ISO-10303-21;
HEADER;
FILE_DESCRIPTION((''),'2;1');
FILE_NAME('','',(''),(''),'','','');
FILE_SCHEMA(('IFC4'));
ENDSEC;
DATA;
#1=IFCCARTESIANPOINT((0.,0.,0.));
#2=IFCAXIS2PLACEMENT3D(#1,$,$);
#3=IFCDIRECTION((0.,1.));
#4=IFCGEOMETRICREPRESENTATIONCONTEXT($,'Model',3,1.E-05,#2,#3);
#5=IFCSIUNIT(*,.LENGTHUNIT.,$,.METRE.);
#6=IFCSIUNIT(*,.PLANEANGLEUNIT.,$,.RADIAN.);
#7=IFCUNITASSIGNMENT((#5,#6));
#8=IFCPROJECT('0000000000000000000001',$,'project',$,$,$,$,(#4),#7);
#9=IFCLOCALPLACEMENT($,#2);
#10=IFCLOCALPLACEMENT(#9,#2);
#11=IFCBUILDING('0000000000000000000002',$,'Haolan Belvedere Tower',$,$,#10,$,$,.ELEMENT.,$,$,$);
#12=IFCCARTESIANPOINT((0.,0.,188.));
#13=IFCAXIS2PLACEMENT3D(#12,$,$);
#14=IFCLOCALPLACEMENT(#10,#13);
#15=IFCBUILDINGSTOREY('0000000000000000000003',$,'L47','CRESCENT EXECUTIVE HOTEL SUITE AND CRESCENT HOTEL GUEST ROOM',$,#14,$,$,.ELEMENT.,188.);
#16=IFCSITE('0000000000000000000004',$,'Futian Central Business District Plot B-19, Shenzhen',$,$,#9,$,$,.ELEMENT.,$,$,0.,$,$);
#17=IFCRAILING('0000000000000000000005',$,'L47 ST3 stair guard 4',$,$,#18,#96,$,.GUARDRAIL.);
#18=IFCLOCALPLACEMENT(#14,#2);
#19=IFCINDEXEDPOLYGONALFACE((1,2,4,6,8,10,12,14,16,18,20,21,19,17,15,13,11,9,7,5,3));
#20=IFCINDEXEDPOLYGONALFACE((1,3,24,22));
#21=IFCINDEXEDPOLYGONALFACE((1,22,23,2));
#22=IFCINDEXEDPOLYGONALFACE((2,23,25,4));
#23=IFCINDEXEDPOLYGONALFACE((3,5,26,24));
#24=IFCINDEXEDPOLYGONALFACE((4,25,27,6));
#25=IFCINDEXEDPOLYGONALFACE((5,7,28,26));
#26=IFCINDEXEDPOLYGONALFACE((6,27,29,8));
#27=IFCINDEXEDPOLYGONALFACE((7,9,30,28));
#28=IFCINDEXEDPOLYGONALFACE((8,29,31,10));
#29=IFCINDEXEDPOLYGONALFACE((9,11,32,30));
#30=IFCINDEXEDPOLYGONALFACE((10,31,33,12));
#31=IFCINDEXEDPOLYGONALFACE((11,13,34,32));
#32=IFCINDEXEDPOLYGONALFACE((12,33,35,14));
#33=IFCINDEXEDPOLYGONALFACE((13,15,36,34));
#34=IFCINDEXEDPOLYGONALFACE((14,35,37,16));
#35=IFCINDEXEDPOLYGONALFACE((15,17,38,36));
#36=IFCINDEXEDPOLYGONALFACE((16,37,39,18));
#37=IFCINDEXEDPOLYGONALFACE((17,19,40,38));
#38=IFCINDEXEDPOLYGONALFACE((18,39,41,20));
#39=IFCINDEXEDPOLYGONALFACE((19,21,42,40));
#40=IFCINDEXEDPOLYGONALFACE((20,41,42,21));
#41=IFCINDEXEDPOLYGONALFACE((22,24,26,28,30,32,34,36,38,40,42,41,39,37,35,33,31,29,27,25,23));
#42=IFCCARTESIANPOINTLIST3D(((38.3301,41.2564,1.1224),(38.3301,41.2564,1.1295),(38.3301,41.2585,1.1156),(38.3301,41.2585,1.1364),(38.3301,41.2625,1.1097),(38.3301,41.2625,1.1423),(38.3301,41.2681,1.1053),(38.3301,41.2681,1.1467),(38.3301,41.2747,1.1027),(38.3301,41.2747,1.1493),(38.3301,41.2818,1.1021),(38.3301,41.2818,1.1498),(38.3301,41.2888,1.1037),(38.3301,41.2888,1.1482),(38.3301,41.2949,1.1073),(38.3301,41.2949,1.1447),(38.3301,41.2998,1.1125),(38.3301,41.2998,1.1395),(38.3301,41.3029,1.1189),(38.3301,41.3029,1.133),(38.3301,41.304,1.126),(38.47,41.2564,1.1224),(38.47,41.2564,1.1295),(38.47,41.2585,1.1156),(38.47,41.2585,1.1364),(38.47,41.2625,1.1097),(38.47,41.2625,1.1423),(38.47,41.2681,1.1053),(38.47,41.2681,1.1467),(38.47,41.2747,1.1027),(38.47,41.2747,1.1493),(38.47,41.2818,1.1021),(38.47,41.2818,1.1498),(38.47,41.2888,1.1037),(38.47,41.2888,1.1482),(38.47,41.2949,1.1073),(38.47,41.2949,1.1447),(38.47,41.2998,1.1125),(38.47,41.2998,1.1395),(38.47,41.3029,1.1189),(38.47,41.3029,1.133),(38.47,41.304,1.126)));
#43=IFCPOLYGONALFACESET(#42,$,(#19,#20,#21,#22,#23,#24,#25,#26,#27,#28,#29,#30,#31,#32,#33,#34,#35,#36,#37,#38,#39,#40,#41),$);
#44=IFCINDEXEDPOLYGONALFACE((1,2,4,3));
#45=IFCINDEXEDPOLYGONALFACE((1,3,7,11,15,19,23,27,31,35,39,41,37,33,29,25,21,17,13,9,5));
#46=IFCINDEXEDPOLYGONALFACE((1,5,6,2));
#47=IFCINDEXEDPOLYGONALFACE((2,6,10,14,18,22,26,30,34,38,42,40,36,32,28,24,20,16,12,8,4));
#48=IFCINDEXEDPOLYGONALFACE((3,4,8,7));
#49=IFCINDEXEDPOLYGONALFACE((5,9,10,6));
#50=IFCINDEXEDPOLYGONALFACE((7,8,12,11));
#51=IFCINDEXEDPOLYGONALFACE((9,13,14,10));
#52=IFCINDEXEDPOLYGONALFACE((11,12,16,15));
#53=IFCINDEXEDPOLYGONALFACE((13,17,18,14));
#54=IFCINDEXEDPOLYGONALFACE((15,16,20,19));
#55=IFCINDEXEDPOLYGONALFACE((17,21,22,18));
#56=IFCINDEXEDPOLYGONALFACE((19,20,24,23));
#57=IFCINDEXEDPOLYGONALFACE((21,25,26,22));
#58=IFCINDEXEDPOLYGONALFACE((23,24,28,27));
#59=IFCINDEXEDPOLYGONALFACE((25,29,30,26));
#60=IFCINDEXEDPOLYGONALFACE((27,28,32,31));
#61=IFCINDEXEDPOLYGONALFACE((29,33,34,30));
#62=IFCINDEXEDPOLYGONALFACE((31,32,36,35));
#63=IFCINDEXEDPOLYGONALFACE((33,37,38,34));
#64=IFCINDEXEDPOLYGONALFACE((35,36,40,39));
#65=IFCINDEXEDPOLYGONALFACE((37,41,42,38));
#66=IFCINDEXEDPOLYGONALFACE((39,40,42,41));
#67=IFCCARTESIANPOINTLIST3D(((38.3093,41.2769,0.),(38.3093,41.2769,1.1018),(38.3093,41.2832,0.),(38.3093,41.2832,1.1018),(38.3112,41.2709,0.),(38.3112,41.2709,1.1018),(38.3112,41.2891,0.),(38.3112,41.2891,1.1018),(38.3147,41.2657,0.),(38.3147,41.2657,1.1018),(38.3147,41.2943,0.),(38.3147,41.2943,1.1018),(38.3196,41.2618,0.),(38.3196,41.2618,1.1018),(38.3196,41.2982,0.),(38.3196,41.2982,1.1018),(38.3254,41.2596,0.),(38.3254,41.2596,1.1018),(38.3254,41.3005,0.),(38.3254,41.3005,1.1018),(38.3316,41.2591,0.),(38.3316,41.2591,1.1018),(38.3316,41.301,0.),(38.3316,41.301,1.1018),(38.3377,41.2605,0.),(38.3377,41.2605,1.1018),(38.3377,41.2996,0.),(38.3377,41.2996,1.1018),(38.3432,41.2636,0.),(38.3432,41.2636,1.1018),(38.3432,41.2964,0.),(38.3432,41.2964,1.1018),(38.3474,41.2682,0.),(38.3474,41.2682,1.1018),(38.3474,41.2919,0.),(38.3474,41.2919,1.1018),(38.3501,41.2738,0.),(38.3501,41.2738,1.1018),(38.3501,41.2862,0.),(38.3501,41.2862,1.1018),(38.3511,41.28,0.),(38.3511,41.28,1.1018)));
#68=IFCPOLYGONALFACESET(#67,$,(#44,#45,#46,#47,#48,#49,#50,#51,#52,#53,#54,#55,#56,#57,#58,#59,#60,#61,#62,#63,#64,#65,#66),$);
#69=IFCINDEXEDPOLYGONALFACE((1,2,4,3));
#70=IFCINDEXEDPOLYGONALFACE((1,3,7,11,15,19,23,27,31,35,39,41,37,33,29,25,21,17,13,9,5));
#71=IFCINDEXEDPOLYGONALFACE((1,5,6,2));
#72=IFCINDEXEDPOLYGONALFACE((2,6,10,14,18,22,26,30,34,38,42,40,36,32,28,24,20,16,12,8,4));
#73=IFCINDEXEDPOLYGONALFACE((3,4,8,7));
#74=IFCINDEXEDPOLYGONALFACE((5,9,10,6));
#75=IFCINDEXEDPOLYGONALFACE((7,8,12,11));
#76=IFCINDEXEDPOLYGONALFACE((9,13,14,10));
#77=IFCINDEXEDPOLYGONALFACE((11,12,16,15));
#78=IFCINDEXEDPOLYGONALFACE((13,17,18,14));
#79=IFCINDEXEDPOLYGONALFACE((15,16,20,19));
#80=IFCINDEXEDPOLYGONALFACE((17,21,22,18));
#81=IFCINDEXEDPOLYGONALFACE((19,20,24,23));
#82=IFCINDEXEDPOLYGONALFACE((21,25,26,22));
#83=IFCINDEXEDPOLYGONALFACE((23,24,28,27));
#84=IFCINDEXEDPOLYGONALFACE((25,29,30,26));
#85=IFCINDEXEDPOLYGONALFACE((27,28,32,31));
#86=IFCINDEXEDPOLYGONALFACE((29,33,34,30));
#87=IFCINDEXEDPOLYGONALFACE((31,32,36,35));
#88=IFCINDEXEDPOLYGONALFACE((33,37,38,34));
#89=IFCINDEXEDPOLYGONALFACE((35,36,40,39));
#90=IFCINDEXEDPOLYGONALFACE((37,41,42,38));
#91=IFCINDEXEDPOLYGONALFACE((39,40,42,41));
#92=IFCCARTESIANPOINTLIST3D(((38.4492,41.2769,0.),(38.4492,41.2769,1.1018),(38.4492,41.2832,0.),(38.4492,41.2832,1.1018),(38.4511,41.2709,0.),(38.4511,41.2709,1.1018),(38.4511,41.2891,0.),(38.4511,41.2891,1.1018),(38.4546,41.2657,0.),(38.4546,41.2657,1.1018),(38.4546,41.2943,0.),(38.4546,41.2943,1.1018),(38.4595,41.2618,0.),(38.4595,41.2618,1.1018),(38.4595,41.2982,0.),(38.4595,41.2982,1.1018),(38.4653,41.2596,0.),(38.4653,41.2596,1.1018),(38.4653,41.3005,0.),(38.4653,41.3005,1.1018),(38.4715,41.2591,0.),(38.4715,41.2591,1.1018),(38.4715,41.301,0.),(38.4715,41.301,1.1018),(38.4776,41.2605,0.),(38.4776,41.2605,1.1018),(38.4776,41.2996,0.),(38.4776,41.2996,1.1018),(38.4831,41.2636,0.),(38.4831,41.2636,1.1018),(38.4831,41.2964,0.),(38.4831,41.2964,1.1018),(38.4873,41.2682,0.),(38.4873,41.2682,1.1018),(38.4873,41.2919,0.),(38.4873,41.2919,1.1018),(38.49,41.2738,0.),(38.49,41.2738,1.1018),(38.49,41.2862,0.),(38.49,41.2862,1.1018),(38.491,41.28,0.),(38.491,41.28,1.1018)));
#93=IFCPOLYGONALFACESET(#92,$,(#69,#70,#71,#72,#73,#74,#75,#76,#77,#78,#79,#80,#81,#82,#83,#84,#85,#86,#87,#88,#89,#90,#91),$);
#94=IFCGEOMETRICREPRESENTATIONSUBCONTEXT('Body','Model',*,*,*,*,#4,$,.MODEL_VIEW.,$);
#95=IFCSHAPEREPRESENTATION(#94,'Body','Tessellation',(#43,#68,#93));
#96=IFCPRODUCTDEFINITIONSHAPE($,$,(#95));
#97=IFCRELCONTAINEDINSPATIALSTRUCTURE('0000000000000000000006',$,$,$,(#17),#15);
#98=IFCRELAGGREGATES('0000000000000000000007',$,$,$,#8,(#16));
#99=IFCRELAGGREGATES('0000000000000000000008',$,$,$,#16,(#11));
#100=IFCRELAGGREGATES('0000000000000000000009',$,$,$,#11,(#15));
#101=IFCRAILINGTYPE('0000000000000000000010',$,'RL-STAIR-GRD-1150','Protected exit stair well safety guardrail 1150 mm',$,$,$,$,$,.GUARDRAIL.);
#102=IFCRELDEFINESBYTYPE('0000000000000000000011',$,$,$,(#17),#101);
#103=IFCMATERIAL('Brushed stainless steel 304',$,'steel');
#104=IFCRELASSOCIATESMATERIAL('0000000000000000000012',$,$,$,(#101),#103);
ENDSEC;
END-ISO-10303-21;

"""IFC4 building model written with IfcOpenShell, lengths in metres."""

from ifc_helpers import new_model, si_unit, direction, frame, origin, origin_2d, place, context, subcontext, project, spatial, circle, extrude, material, type_object, element, save


model = new_model("IFC4")

# Units and contexts
model_context = context("Model", 3, precision=1e-05, world=origin(), true_north=direction((0.0, 1.0)))
body_context = subcontext(model_context, "Body", "Model", "MODEL_VIEW")
ifc_project = project(units=[si_unit("LENGTHUNIT", "METRE"), si_unit("PLANEANGLEUNIT", "RADIAN")], contexts=[model_context])

# Site, building, storey
site_placement = place(None, origin())
site = spatial("IfcSite", under=ifc_project, at=site_placement, Name="Futian Central Business District Plot B-19, Shenzhen", CompositionType="ELEMENT", RefElevation=0.0)
building_placement = place(site_placement, origin())
building = spatial("IfcBuilding", under=site, at=building_placement, Name="Haolan Belvedere Tower", CompositionType="ELEMENT")
storey_placement = place(building_placement, frame((0.0, 0.0, 188.0)))
storey = spatial("IfcBuildingStorey", under=building, at=storey_placement, Name="L47", Description="CRESCENT EXECUTIVE HOTEL SUITE AND CRESCENT HOTEL GUEST ROOM", CompositionType="ELEMENT", Elevation=188.0)

# Railing
ifc_material_1 = material(Name="Brushed stainless steel 304", Category="steel")
railing_type = type_object("IfcRailingType", Name="RL-STAIR-GRD-1150", Description="Protected exit stair well safety guardrail 1150 mm", PredefinedType="GUARDRAIL", material=ifc_material_1)
railing_1_placement = place(storey_placement, frame((38.3301, 41.28, 0.0)))
element("IfcRailing", 1, at=railing_1_placement, inside=storey, type_object=railing_type, Name="L47 ST3 stair guard 4", PredefinedType="GUARDRAIL", context=body_context, shape_type="SweptSolid", body=[
    extrude(circle(Radius=0.0239, at=origin_2d()), frame((0.0, 0.0, 1.126), z_axis=(1.0, 0.0, 0.0), x_axis=(0.0, 1.0, 0.0)), (0.0, 0.0, 1.0), 0.1399),
    extrude(circle(Radius=0.021, at=origin_2d()), origin(), (0.0, 0.0, 1.0), 1.1018),
    extrude(circle(Radius=0.021, at=origin_2d()), frame((0.1399, 0.0, 0.0)), (0.0, 0.0, 1.0), 1.1018),
])

save(model, "model.ifc")
